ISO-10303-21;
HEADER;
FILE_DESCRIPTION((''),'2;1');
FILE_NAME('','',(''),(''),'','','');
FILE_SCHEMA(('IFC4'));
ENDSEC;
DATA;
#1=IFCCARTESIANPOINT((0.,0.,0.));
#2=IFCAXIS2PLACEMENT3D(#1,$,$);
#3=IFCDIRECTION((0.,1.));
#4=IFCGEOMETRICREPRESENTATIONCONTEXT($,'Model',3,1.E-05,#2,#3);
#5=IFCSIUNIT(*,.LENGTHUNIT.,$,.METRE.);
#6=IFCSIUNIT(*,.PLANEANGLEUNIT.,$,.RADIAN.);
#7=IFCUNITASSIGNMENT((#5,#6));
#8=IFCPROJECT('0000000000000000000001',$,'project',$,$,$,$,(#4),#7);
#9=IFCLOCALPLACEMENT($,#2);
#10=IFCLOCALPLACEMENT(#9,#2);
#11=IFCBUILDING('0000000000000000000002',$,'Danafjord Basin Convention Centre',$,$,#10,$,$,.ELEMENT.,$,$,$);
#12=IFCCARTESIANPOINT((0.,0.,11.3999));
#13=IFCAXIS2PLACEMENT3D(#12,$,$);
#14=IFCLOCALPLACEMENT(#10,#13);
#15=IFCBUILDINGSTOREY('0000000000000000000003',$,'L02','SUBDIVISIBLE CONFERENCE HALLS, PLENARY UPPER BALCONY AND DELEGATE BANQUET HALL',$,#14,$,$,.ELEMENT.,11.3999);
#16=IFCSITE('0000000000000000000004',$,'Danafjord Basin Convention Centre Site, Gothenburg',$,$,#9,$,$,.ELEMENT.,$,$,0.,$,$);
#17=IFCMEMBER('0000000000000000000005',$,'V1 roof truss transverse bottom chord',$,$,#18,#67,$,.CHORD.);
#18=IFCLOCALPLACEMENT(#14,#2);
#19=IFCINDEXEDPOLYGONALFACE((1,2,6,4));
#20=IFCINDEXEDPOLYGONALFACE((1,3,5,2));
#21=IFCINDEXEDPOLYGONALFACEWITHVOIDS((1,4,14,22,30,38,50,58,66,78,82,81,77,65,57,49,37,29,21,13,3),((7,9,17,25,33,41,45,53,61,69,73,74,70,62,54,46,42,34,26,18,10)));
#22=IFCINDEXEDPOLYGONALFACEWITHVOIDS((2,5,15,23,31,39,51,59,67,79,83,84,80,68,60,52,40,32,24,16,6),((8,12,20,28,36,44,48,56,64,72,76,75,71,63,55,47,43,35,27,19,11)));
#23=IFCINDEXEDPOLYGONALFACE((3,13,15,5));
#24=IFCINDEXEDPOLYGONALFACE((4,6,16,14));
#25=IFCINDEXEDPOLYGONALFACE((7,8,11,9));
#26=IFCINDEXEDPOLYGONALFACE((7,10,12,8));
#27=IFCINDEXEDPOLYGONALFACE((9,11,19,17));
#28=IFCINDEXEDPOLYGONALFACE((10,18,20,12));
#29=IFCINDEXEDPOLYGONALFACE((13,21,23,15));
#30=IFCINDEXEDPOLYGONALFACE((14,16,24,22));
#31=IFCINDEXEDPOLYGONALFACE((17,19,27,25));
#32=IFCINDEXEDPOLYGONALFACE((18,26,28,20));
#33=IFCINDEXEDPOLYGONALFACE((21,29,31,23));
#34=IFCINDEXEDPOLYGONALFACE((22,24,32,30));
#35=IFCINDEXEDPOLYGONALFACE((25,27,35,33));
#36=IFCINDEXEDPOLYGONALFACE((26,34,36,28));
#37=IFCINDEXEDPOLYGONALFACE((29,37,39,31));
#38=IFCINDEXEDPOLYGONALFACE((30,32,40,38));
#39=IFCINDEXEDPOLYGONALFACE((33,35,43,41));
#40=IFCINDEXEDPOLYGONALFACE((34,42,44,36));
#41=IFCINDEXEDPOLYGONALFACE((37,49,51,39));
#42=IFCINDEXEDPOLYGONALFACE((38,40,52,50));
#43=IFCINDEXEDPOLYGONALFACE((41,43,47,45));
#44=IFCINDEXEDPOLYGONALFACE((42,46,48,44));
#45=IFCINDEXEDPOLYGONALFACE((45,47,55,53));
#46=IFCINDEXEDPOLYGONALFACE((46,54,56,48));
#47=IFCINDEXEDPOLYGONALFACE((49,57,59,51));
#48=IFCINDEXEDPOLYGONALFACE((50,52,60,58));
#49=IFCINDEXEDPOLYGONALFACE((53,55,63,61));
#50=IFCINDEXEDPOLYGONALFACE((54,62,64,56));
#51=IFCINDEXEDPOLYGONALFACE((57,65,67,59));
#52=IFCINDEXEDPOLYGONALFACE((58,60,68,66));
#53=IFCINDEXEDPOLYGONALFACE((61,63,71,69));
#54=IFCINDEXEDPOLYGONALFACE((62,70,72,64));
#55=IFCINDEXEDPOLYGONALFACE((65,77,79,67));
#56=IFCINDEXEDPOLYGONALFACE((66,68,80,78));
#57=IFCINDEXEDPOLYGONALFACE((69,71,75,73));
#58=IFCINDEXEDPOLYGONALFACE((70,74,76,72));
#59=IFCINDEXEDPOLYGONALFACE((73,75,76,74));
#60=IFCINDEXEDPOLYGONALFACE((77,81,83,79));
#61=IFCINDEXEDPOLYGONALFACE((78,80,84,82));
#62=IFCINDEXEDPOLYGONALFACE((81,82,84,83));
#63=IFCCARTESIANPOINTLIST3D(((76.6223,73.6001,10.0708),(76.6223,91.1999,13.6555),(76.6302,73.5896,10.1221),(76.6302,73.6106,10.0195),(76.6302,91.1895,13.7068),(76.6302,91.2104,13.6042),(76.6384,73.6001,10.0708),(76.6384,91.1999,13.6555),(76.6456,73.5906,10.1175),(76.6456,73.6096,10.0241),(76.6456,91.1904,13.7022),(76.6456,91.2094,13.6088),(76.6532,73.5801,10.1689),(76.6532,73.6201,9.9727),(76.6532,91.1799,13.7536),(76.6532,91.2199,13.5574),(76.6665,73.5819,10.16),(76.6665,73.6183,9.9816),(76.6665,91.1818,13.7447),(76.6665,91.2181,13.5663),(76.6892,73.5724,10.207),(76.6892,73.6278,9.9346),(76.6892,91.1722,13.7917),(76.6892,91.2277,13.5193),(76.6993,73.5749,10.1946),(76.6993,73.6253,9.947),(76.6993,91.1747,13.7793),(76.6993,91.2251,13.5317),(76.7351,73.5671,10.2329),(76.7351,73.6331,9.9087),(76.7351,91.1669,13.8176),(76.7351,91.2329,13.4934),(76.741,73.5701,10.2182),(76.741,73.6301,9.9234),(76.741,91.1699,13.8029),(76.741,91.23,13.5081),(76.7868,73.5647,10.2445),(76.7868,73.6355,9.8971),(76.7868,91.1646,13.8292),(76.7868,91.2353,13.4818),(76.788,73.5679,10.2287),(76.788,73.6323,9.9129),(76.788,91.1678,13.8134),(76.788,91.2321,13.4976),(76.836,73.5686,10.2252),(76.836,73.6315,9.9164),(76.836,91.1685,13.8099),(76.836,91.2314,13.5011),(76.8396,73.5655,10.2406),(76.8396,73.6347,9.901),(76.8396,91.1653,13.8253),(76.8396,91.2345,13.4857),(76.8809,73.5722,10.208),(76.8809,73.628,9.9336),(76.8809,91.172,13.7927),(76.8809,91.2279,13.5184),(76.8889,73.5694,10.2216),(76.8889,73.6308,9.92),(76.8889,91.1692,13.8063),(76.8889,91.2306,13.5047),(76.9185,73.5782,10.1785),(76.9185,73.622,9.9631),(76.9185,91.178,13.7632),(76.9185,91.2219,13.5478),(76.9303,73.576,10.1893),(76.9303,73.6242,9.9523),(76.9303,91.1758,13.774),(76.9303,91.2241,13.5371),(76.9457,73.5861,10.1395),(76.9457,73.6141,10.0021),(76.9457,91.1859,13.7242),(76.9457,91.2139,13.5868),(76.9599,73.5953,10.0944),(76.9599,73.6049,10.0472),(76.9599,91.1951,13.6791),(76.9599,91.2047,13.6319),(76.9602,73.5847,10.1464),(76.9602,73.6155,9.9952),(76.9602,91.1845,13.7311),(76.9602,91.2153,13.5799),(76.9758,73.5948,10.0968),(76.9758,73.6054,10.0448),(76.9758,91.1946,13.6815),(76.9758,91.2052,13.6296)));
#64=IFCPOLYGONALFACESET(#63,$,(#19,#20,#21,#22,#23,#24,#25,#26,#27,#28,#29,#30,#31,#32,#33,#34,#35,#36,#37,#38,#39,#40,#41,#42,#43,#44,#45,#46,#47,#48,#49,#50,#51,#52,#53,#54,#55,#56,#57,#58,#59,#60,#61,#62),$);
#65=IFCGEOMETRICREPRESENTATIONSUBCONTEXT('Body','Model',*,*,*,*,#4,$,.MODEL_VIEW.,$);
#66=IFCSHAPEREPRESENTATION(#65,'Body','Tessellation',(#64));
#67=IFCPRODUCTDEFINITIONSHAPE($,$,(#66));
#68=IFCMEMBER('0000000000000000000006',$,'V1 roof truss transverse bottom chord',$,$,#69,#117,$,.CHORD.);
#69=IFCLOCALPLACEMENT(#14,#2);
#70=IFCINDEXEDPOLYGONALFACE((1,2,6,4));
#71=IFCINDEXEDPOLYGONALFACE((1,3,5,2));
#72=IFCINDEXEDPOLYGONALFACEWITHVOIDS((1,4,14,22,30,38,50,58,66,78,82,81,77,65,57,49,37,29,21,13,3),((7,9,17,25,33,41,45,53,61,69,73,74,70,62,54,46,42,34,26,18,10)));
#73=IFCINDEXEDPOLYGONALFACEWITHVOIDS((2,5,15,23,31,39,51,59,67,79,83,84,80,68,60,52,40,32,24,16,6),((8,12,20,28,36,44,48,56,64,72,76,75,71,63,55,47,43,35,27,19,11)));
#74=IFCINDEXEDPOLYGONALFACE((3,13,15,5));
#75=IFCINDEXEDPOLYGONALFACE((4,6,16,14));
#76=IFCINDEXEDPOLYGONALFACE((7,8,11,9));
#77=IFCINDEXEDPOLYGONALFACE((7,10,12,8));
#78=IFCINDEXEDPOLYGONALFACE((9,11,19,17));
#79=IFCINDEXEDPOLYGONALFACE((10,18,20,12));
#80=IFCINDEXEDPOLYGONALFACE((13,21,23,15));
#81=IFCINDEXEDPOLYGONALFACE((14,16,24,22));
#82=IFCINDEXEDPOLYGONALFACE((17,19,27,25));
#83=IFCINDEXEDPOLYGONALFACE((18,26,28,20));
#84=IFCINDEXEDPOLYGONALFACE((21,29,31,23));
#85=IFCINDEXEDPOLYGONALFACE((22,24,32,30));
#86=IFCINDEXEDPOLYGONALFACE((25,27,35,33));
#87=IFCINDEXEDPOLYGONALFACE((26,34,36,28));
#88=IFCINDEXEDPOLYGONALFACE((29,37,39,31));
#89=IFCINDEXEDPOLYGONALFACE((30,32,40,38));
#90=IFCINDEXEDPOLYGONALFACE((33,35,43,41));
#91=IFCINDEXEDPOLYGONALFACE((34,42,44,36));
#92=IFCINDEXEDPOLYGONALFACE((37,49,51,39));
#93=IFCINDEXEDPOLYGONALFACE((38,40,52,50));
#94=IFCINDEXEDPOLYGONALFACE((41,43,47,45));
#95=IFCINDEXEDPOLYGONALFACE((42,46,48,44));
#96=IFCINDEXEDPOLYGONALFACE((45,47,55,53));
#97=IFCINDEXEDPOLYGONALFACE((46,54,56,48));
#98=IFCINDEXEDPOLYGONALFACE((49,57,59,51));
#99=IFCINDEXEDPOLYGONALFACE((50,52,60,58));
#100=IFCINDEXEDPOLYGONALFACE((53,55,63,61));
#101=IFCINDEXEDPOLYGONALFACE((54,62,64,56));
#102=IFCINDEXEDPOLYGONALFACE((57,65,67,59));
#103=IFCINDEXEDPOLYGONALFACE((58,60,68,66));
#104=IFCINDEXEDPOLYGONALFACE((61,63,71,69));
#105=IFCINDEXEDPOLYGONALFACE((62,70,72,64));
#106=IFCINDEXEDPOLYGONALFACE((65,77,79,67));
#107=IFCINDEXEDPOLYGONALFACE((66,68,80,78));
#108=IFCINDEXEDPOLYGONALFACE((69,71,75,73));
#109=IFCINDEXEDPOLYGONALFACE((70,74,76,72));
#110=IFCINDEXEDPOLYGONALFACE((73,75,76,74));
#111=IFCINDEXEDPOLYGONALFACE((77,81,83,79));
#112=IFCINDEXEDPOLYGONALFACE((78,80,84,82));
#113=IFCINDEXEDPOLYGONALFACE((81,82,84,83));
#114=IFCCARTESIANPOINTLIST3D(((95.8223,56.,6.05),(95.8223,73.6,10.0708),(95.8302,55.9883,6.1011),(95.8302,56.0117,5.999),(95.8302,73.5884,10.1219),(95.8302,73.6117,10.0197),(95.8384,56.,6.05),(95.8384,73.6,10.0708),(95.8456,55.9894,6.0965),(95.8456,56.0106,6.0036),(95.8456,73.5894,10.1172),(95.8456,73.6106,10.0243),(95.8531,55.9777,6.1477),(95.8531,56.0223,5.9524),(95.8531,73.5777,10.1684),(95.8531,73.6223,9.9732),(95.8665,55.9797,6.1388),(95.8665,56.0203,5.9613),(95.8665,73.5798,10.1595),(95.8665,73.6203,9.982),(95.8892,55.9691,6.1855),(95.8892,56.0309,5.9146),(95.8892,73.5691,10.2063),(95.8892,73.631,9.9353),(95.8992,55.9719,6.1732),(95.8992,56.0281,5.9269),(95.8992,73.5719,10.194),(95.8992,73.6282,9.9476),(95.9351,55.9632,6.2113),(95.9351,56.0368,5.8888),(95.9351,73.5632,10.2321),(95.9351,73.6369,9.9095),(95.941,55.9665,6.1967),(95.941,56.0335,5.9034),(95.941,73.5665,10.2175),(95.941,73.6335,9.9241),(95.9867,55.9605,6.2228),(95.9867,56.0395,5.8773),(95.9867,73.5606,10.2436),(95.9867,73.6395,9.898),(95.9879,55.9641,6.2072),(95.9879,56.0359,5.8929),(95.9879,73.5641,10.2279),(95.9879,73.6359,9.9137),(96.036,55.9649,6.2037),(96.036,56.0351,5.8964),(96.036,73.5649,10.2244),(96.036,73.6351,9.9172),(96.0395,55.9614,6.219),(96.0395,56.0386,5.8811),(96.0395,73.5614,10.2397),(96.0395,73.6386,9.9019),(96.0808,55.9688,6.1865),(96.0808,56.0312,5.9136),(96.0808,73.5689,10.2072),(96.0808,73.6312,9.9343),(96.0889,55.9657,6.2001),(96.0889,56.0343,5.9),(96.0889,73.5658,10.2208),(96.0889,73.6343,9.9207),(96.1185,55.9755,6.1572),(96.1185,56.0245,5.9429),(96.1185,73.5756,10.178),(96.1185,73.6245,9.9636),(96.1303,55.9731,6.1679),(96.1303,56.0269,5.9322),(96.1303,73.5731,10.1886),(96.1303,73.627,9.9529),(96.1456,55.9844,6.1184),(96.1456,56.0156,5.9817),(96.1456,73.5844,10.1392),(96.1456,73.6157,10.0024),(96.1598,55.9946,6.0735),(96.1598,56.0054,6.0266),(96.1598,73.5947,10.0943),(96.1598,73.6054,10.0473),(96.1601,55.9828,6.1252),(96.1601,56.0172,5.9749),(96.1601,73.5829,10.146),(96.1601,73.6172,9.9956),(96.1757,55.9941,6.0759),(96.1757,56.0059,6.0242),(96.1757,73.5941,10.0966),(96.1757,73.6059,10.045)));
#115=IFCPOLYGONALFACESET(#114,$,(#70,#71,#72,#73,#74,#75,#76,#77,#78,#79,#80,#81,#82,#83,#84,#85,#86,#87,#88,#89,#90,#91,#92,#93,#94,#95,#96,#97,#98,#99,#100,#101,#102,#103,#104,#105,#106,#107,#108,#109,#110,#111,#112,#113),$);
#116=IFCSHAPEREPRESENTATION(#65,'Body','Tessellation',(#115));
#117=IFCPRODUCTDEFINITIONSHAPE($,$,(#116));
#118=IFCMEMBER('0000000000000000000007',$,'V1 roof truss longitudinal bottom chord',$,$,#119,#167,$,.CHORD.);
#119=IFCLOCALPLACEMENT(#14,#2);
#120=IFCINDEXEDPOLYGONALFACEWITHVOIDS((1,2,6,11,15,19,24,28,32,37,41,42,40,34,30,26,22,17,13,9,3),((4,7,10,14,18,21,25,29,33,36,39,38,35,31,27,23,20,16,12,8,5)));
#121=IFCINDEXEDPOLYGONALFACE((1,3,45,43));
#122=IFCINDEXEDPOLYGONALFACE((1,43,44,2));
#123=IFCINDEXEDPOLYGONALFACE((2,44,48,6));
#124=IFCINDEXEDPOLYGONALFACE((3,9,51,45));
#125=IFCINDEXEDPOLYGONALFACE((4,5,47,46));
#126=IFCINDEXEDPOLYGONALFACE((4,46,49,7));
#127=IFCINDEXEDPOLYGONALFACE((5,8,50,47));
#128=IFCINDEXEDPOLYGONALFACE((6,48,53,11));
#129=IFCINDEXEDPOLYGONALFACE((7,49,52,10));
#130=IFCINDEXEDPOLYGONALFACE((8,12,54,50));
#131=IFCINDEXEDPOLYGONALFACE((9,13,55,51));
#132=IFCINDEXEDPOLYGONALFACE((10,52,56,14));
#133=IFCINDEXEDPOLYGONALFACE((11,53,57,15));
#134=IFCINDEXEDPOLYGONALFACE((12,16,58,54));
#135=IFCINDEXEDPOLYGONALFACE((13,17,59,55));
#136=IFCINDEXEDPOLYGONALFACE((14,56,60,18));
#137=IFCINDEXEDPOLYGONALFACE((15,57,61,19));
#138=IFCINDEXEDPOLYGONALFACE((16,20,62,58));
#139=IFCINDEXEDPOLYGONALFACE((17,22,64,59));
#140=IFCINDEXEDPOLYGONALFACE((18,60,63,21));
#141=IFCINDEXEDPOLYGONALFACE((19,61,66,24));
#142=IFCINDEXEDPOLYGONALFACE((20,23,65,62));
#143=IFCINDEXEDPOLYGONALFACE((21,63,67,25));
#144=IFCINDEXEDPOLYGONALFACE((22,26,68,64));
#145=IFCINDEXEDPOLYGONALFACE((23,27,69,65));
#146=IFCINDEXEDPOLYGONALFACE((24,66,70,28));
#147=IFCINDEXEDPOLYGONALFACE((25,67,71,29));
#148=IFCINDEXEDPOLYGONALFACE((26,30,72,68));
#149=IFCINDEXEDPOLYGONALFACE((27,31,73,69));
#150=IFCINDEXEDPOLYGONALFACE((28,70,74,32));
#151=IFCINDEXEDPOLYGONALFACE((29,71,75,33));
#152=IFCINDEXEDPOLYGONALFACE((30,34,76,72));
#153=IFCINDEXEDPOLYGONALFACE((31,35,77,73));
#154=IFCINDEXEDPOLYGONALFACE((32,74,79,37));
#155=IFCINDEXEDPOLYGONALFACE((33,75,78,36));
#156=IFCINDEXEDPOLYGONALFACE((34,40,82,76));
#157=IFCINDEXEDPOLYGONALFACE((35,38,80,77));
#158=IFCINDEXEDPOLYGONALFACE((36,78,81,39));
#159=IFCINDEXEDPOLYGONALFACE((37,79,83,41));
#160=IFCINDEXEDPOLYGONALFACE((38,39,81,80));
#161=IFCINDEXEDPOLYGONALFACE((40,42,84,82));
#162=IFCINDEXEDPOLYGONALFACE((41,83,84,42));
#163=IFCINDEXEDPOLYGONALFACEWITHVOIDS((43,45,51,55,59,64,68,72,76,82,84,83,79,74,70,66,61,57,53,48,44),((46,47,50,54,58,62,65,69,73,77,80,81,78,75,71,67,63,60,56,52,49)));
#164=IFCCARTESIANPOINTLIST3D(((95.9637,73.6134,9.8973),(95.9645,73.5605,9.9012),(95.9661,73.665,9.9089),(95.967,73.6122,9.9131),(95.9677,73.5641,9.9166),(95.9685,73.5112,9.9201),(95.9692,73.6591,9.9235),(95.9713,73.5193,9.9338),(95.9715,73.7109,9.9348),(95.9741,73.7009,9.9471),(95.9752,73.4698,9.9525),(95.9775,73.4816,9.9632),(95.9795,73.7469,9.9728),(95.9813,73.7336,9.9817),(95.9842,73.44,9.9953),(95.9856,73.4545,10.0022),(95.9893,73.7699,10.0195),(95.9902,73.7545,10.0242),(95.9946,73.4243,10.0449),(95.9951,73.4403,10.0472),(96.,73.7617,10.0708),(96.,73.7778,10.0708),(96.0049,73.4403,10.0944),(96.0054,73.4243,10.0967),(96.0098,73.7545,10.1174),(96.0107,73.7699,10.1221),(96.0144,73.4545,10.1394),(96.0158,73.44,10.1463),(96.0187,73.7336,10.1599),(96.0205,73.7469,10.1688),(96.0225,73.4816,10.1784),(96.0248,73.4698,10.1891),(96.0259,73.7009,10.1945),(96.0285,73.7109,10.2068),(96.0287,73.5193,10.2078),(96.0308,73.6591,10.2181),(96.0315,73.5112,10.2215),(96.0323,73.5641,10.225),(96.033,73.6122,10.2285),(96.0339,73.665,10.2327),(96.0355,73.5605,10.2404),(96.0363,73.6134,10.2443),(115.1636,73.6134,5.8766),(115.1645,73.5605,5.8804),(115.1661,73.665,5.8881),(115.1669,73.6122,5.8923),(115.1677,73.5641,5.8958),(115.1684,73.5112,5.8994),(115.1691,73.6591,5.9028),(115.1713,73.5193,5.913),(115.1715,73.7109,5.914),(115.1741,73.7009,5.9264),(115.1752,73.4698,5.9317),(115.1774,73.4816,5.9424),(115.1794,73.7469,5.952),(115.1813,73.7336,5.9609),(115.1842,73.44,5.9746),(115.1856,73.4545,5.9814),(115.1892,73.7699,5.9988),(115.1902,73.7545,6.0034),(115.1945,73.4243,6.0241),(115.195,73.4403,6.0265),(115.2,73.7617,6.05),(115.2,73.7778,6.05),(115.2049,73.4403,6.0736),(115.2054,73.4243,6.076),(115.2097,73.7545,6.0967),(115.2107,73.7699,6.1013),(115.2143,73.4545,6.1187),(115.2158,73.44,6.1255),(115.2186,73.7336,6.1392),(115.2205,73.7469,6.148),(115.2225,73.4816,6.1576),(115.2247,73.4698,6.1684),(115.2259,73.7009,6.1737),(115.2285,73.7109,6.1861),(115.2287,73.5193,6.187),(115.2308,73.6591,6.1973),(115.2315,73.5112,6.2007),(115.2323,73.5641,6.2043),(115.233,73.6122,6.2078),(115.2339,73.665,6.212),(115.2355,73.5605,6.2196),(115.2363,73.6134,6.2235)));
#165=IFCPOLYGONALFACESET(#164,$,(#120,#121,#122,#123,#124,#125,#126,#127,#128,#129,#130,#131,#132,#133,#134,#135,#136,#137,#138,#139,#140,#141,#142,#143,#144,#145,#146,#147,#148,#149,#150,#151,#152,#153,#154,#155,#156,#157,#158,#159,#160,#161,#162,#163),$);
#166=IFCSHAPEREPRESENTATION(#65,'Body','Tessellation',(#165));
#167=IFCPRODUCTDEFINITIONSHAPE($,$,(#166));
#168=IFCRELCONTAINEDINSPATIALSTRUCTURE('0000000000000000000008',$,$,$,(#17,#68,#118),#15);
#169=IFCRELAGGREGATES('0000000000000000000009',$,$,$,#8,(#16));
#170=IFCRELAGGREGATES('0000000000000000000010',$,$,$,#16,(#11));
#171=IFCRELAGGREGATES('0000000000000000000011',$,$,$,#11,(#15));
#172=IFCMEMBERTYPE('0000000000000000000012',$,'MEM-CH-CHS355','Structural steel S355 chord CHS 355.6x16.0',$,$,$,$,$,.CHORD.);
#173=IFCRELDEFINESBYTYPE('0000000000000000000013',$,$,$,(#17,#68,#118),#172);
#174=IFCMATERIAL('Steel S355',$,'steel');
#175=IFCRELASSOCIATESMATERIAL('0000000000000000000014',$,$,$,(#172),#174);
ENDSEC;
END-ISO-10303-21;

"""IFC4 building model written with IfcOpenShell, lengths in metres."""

from ifc_helpers import new_model, si_unit, direction, frame, origin, origin_2d, place, context, subcontext, project, spatial, hollow_circle, extrude, material, material_profile, profile_set, type_object, element, save


model = new_model("IFC4")

# Units and contexts
model_context = context("Model", 3, precision=1e-05, world=origin(), true_north=direction((0.0, 1.0)))
body_context = subcontext(model_context, "Body", "Model", "MODEL_VIEW")
ifc_project = project(units=[si_unit("LENGTHUNIT", "METRE"), si_unit("PLANEANGLEUNIT", "RADIAN")], contexts=[model_context])

# Site, building, storey
site_placement = place(None, origin())
site = spatial("IfcSite", under=ifc_project, at=site_placement, Name="Danafjord Basin Convention Centre Site, Gothenburg", CompositionType="ELEMENT", RefElevation=0.0)
building_placement = place(site_placement, origin())
building = spatial("IfcBuilding", under=site, at=building_placement, Name="Danafjord Basin Convention Centre", CompositionType="ELEMENT")
storey_placement = place(building_placement, frame((0.0, 0.0, 11.3999)))
storey = spatial("IfcBuildingStorey", under=building, at=storey_placement, Name="L02", Description="SUBDIVISIBLE CONFERENCE HALLS, PLENARY UPPER BALCONY AND DELEGATE BANQUET HALL", CompositionType="ELEMENT", Elevation=11.3999)

# Shared definitions
ifc_material_1 = material(Name="Steel S355", Category="steel")

# Members
ifc_material_profile_1 = material_profile(ifc_material_1, hollow_circle(Radius=0.1777, WallThickness=0.0161, at=origin_2d()), Name="CHS 355.6x16.0")
ifc_profile_set_1 = profile_set([ifc_material_profile_1], Name="Steel S355")
member_type_1 = type_object("IfcMemberType", Name="MEM-CH-CHS355", Description="Structural steel S355 chord CHS 355.6x16.0", PredefinedType="CHORD", material=ifc_profile_set_1)
member_1_placement = place(storey_placement, frame((76.8, 73.6001, 10.0708), z_axis=(0.0, 0.979881, 0.199581), x_axis=(-1.0, 0.0, 0.0)))
element("IfcMember", 1, at=member_1_placement, inside=storey, type_object=member_type_1, Name="V1 roof truss transverse bottom chord", PredefinedType="CHORD", context=body_context, shape_type="SweptSolid", body=[
    extrude(hollow_circle(Radius=0.1777, WallThickness=0.0161, at=origin_2d()), origin(), (0.0, 0.0, 1.0), 17.9612),
])
member_2_placement = place(storey_placement, frame((96.0, 56.0, 6.05), z_axis=(0.0, 0.974884, 0.222713), x_axis=(-1.0, 0.0, 0.0)))
element("IfcMember", 2, at=member_2_placement, inside=storey, type_object=member_type_1, Name="V1 roof truss transverse bottom chord", PredefinedType="CHORD", context=body_context, shape_type="SweptSolid", body=[
    extrude(hollow_circle(Radius=0.1777, WallThickness=0.0161, at=origin_2d()), origin(), (0.0, 0.0, 1.0), 18.0535),
])
member_3_placement = place(storey_placement, frame((96.0, 73.6001, 10.0708), z_axis=(0.978769, 0.0, -0.204969), x_axis=(0.0, 1.0, 0.0)))
element("IfcMember", 3, at=member_3_placement, inside=storey, type_object=member_type_1, Name="V1 roof truss longitudinal bottom chord", PredefinedType="CHORD", context=body_context, shape_type="SweptSolid", body=[
    extrude(hollow_circle(Radius=0.1777, WallThickness=0.0161, at=origin_2d()), origin(), (0.0, 0.0, 1.0), 19.6165),
])

save(model, "model.ifc")
